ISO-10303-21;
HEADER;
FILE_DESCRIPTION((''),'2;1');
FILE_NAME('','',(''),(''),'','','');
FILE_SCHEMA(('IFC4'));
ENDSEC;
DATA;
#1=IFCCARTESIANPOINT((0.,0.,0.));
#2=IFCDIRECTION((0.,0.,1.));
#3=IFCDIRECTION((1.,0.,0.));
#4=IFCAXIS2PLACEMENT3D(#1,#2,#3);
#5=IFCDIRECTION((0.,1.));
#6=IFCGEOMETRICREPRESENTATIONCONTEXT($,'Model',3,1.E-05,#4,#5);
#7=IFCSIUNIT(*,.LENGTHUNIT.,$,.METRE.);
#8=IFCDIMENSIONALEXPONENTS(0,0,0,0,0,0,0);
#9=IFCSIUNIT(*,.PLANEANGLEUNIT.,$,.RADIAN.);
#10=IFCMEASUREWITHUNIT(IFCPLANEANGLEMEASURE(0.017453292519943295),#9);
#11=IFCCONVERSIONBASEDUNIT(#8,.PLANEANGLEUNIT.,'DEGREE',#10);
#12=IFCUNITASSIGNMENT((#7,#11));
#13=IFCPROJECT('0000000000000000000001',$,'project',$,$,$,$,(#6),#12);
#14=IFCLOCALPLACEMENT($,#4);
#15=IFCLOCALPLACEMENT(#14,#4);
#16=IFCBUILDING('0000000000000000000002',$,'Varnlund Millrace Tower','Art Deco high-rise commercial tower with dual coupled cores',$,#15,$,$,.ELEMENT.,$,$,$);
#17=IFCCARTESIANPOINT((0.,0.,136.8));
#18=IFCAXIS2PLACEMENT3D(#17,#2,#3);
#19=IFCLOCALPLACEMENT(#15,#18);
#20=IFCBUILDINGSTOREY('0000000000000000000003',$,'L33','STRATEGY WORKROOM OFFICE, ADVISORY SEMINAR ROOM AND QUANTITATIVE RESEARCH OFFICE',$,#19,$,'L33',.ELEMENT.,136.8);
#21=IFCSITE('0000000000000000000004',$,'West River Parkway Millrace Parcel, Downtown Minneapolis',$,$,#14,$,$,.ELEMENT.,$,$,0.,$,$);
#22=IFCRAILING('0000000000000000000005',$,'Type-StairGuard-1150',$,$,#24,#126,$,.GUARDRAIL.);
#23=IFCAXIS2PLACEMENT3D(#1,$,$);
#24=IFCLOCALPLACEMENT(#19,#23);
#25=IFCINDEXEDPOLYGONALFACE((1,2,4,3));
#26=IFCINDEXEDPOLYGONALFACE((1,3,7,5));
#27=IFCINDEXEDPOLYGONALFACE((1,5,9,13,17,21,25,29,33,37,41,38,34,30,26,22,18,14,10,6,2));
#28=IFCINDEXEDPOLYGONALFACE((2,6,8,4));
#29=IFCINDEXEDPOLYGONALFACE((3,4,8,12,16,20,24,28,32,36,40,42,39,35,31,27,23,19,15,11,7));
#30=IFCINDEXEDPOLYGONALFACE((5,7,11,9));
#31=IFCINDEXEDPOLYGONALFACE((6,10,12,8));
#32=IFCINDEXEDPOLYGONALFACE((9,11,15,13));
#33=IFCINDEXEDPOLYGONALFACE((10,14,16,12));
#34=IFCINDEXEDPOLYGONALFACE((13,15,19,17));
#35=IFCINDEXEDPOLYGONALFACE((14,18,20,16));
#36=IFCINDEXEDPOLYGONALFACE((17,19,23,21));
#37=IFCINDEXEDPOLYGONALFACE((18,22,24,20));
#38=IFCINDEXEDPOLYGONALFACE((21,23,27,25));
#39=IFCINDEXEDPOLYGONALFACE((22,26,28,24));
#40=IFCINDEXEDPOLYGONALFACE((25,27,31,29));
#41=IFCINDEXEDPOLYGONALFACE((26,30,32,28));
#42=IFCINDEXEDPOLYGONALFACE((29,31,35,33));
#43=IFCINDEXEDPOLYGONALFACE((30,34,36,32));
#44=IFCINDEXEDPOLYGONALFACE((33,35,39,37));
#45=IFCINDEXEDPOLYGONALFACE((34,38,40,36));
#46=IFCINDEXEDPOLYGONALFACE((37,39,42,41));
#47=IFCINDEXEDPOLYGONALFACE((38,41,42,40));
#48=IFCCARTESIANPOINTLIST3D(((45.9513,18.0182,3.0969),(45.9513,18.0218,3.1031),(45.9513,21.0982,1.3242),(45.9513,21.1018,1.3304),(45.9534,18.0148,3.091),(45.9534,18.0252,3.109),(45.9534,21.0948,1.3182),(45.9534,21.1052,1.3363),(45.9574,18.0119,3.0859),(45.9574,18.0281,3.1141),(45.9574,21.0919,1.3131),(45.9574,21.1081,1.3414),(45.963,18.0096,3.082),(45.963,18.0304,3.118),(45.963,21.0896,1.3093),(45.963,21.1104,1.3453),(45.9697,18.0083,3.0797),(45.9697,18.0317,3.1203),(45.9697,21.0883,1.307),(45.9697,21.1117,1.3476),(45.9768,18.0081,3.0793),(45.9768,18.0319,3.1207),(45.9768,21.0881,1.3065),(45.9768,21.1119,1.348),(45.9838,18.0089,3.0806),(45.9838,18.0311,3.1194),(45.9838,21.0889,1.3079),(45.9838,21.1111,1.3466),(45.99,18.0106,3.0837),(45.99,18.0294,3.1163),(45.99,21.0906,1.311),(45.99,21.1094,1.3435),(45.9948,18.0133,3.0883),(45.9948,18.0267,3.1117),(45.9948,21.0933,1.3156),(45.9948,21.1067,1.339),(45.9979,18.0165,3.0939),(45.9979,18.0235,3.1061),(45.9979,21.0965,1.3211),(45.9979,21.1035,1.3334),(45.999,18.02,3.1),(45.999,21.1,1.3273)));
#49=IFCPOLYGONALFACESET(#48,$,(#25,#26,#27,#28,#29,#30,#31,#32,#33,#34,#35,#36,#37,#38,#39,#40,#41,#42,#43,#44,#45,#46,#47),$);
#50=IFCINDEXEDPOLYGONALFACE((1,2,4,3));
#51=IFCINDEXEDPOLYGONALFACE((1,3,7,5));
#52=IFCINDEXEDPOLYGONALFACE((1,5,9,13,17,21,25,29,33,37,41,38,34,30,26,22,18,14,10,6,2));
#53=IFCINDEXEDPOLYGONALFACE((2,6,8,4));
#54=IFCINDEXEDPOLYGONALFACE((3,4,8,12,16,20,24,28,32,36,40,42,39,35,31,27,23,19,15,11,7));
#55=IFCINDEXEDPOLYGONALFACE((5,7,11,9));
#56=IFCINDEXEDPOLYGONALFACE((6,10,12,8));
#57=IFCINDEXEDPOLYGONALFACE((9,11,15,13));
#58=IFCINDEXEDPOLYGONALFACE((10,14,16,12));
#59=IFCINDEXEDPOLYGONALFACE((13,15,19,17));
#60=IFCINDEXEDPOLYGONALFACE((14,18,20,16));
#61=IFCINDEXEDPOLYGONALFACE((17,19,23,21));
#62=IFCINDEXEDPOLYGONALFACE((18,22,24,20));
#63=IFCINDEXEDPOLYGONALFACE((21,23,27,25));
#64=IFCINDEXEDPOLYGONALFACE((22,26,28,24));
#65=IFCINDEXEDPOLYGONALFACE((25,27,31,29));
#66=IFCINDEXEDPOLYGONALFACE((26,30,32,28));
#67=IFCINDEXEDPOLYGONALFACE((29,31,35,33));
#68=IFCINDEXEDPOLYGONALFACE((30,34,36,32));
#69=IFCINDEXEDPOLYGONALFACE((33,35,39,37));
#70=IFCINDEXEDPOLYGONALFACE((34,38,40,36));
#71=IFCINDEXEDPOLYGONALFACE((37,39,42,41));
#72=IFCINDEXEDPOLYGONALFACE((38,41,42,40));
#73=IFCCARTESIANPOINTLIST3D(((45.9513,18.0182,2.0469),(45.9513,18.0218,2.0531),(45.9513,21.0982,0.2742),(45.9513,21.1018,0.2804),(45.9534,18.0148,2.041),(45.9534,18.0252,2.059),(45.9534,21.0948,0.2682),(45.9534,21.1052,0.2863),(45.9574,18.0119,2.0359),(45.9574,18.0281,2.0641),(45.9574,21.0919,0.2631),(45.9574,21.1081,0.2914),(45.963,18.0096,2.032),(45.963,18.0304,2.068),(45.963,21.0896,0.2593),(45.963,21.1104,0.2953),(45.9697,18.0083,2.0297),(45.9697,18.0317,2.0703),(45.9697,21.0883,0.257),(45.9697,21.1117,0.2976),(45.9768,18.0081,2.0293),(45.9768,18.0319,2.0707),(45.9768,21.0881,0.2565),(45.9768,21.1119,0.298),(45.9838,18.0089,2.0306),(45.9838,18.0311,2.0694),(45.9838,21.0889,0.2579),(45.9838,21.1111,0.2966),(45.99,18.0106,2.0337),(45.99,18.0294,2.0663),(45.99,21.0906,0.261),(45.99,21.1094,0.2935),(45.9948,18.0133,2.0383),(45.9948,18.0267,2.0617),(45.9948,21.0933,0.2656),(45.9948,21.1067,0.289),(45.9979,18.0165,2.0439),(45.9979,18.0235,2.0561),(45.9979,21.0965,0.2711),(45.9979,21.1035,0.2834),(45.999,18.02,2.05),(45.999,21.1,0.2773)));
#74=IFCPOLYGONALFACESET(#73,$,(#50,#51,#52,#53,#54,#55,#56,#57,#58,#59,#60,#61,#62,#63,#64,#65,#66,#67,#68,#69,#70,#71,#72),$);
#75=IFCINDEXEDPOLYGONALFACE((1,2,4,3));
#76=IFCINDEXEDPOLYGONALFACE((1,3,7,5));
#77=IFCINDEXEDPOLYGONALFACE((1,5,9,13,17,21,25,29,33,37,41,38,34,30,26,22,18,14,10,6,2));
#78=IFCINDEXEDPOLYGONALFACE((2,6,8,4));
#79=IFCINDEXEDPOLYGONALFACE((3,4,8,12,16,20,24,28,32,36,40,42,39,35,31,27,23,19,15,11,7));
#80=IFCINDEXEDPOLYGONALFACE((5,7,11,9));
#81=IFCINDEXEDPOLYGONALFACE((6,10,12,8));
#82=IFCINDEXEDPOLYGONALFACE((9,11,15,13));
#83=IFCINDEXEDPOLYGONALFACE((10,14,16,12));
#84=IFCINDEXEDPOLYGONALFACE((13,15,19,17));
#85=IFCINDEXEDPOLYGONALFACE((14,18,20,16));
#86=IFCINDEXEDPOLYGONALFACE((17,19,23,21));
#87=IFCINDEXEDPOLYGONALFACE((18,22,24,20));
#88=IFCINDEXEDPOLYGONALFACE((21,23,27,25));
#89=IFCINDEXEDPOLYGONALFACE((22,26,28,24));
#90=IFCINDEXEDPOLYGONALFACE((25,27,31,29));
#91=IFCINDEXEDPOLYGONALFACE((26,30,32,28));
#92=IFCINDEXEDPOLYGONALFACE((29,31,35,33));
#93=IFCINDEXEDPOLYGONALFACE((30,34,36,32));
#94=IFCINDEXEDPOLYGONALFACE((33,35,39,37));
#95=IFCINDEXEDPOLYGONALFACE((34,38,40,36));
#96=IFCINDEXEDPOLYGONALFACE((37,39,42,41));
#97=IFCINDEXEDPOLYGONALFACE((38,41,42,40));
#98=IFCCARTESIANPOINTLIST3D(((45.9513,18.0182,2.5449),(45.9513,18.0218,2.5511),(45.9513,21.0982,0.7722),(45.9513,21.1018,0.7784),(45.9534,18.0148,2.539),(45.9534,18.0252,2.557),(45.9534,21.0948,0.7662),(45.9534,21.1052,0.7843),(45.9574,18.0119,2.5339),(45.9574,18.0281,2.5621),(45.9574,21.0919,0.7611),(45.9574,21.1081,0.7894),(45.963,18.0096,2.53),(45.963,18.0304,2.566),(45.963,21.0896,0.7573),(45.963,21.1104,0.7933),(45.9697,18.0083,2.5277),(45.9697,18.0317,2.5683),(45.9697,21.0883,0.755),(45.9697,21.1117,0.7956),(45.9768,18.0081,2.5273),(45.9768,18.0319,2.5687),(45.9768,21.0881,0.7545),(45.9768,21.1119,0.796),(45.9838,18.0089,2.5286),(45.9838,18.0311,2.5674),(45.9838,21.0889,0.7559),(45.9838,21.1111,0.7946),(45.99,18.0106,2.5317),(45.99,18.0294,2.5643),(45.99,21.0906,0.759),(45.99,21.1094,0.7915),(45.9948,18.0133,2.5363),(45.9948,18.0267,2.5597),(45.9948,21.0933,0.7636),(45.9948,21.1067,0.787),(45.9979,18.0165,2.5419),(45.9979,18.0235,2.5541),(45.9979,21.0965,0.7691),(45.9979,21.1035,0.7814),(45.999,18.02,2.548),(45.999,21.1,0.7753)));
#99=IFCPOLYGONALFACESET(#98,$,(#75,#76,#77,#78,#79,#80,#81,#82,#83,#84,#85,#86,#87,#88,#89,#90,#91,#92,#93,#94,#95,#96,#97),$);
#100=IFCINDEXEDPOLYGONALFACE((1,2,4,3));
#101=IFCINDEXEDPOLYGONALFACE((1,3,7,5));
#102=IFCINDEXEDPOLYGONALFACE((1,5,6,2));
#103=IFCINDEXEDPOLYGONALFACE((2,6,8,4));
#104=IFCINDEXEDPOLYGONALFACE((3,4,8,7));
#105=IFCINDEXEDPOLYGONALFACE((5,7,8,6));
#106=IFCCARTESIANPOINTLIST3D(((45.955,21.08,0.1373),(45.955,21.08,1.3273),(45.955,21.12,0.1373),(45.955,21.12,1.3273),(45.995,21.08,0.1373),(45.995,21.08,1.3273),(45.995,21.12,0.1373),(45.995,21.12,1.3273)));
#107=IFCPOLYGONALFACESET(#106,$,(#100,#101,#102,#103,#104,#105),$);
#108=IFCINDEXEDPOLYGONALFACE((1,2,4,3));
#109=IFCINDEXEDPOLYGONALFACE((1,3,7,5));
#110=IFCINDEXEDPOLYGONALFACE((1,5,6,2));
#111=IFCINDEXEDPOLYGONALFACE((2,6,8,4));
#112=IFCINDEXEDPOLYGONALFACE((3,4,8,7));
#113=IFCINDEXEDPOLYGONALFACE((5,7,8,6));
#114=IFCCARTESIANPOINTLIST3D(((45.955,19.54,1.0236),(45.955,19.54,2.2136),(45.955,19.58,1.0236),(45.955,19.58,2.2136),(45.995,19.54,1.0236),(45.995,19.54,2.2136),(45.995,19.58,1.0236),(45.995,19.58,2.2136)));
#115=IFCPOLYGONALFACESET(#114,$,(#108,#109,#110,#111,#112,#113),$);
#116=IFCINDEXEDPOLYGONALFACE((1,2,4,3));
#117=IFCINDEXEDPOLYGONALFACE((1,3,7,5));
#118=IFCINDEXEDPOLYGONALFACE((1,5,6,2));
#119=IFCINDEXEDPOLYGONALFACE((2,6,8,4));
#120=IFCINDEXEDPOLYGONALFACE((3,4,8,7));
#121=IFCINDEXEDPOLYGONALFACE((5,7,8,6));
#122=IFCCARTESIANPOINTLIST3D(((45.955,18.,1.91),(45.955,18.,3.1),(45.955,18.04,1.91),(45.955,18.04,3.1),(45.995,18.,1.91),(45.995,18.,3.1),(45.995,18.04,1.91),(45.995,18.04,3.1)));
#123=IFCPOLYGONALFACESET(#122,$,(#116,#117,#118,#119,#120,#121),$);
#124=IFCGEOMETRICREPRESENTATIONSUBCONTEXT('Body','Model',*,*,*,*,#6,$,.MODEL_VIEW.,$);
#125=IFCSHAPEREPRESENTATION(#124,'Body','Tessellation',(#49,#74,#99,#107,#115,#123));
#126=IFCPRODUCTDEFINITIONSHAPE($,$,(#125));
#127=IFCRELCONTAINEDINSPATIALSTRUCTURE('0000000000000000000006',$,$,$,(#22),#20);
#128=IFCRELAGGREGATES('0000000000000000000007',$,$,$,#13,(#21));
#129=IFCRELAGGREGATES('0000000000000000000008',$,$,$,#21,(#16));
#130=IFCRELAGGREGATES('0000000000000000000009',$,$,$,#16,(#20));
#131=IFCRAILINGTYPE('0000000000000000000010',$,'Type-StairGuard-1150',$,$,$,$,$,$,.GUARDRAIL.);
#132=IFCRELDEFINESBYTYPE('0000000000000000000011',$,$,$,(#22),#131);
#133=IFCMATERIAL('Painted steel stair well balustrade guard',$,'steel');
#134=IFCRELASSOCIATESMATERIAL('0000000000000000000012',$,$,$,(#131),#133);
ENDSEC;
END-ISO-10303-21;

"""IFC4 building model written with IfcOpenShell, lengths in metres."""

from ifc_helpers import new_model, entity, si_unit, converted_unit, direction, frame, origin_with_axes, origin_2d_with_axis, place, context, subcontext, project, spatial, rectangle, circle, extrude, material, type_object, element, save


model = new_model("IFC4")

# Units and contexts
model_context = context("Model", 3, precision=1e-05, world=origin_with_axes(), true_north=direction((0.0, 1.0)))
body_context = subcontext(model_context, "Body", "Model", "MODEL_VIEW")
ifc_project = project(units=[si_unit("LENGTHUNIT", "METRE"), converted_unit("PLANEANGLEUNIT", "DEGREE", entity("IfcPlaneAngleMeasure", 0.017453292519943295), si_unit("PLANEANGLEUNIT", "RADIAN"), dimensions=[0, 0, 0, 0, 0, 0, 0])], contexts=[model_context])

# Site, building, storey
site_placement = place(None, origin_with_axes())
site = spatial("IfcSite", under=ifc_project, at=site_placement, Name="West River Parkway Millrace Parcel, Downtown Minneapolis", CompositionType="ELEMENT", RefElevation=0.0)
building_placement = place(site_placement, origin_with_axes())
building = spatial("IfcBuilding", under=site, at=building_placement, Name="Varnlund Millrace Tower", Description="Art Deco high-rise commercial tower with dual coupled cores", CompositionType="ELEMENT")
storey_placement = place(building_placement, frame((0.0, 0.0, 136.8), z_axis=(0.0, 0.0, 1.0), x_axis=(1.0, 0.0, 0.0)))
storey = spatial("IfcBuildingStorey", under=building, at=storey_placement, Name="L33", Description="STRATEGY WORKROOM OFFICE, ADVISORY SEMINAR ROOM AND QUANTITATIVE RESEARCH OFFICE", LongName="L33", CompositionType="ELEMENT", Elevation=136.8)

# Railing
ifc_material_1 = material(Name="Painted steel stair well balustrade guard", Category="steel")
railing_type_1 = type_object("IfcRailingType", Name="Type-StairGuard-1150", PredefinedType="GUARDRAIL", material=ifc_material_1)
railing_1_placement = place(storey_placement, frame((0.0, 0.0, -136.8), z_axis=(0.0, 0.0, 1.0), x_axis=(1.0, 0.0, 0.0)))
element("IfcRailing", 1, at=railing_1_placement, inside=storey, type_object=railing_type_1, Name="Type-StairGuard-1150", PredefinedType="GUARDRAIL", context=body_context, shape_type="SweptSolid", body=[
    extrude(circle(Radius=0.024, at=origin_2d_with_axis()), frame((45.975, 21.1, 138.1273), z_axis=(0.0, -0.866696, 0.498836), x_axis=(1.0, 0.0, 0.0)), (0.0, 0.0, 1.0), 3.5537),
    extrude(circle(Radius=0.024, at=origin_2d_with_axis()), frame((45.975, 21.1, 137.0773), z_axis=(0.0, -0.866696, 0.498836), x_axis=(1.0, 0.0, 0.0)), (0.0, 0.0, 1.0), 3.5537),
    extrude(circle(Radius=0.024, at=origin_2d_with_axis()), frame((45.975, 21.1, 137.5753), z_axis=(0.0, -0.866696, 0.498836), x_axis=(1.0, 0.0, 0.0)), (0.0, 0.0, 1.0), 3.5537),
    extrude(rectangle(XDim=0.04, YDim=0.04, at=origin_2d_with_axis()), frame((45.975, 21.1, 136.9373), z_axis=(0.0, 0.0, 1.0), x_axis=(1.0, 0.0, 0.0)), (0.0, 0.0, 1.0), 1.19),
    extrude(rectangle(XDim=0.04, YDim=0.04, at=origin_2d_with_axis()), frame((45.975, 19.56, 137.8236), z_axis=(0.0, 0.0, 1.0), x_axis=(1.0, 0.0, 0.0)), (0.0, 0.0, 1.0), 1.19),
    extrude(rectangle(XDim=0.04, YDim=0.04, at=origin_2d_with_axis()), frame((45.975, 18.02, 138.71), z_axis=(0.0, 0.0, 1.0), x_axis=(1.0, 0.0, 0.0)), (0.0, 0.0, 1.0), 1.19),
])

save(model, "model.ifc")
